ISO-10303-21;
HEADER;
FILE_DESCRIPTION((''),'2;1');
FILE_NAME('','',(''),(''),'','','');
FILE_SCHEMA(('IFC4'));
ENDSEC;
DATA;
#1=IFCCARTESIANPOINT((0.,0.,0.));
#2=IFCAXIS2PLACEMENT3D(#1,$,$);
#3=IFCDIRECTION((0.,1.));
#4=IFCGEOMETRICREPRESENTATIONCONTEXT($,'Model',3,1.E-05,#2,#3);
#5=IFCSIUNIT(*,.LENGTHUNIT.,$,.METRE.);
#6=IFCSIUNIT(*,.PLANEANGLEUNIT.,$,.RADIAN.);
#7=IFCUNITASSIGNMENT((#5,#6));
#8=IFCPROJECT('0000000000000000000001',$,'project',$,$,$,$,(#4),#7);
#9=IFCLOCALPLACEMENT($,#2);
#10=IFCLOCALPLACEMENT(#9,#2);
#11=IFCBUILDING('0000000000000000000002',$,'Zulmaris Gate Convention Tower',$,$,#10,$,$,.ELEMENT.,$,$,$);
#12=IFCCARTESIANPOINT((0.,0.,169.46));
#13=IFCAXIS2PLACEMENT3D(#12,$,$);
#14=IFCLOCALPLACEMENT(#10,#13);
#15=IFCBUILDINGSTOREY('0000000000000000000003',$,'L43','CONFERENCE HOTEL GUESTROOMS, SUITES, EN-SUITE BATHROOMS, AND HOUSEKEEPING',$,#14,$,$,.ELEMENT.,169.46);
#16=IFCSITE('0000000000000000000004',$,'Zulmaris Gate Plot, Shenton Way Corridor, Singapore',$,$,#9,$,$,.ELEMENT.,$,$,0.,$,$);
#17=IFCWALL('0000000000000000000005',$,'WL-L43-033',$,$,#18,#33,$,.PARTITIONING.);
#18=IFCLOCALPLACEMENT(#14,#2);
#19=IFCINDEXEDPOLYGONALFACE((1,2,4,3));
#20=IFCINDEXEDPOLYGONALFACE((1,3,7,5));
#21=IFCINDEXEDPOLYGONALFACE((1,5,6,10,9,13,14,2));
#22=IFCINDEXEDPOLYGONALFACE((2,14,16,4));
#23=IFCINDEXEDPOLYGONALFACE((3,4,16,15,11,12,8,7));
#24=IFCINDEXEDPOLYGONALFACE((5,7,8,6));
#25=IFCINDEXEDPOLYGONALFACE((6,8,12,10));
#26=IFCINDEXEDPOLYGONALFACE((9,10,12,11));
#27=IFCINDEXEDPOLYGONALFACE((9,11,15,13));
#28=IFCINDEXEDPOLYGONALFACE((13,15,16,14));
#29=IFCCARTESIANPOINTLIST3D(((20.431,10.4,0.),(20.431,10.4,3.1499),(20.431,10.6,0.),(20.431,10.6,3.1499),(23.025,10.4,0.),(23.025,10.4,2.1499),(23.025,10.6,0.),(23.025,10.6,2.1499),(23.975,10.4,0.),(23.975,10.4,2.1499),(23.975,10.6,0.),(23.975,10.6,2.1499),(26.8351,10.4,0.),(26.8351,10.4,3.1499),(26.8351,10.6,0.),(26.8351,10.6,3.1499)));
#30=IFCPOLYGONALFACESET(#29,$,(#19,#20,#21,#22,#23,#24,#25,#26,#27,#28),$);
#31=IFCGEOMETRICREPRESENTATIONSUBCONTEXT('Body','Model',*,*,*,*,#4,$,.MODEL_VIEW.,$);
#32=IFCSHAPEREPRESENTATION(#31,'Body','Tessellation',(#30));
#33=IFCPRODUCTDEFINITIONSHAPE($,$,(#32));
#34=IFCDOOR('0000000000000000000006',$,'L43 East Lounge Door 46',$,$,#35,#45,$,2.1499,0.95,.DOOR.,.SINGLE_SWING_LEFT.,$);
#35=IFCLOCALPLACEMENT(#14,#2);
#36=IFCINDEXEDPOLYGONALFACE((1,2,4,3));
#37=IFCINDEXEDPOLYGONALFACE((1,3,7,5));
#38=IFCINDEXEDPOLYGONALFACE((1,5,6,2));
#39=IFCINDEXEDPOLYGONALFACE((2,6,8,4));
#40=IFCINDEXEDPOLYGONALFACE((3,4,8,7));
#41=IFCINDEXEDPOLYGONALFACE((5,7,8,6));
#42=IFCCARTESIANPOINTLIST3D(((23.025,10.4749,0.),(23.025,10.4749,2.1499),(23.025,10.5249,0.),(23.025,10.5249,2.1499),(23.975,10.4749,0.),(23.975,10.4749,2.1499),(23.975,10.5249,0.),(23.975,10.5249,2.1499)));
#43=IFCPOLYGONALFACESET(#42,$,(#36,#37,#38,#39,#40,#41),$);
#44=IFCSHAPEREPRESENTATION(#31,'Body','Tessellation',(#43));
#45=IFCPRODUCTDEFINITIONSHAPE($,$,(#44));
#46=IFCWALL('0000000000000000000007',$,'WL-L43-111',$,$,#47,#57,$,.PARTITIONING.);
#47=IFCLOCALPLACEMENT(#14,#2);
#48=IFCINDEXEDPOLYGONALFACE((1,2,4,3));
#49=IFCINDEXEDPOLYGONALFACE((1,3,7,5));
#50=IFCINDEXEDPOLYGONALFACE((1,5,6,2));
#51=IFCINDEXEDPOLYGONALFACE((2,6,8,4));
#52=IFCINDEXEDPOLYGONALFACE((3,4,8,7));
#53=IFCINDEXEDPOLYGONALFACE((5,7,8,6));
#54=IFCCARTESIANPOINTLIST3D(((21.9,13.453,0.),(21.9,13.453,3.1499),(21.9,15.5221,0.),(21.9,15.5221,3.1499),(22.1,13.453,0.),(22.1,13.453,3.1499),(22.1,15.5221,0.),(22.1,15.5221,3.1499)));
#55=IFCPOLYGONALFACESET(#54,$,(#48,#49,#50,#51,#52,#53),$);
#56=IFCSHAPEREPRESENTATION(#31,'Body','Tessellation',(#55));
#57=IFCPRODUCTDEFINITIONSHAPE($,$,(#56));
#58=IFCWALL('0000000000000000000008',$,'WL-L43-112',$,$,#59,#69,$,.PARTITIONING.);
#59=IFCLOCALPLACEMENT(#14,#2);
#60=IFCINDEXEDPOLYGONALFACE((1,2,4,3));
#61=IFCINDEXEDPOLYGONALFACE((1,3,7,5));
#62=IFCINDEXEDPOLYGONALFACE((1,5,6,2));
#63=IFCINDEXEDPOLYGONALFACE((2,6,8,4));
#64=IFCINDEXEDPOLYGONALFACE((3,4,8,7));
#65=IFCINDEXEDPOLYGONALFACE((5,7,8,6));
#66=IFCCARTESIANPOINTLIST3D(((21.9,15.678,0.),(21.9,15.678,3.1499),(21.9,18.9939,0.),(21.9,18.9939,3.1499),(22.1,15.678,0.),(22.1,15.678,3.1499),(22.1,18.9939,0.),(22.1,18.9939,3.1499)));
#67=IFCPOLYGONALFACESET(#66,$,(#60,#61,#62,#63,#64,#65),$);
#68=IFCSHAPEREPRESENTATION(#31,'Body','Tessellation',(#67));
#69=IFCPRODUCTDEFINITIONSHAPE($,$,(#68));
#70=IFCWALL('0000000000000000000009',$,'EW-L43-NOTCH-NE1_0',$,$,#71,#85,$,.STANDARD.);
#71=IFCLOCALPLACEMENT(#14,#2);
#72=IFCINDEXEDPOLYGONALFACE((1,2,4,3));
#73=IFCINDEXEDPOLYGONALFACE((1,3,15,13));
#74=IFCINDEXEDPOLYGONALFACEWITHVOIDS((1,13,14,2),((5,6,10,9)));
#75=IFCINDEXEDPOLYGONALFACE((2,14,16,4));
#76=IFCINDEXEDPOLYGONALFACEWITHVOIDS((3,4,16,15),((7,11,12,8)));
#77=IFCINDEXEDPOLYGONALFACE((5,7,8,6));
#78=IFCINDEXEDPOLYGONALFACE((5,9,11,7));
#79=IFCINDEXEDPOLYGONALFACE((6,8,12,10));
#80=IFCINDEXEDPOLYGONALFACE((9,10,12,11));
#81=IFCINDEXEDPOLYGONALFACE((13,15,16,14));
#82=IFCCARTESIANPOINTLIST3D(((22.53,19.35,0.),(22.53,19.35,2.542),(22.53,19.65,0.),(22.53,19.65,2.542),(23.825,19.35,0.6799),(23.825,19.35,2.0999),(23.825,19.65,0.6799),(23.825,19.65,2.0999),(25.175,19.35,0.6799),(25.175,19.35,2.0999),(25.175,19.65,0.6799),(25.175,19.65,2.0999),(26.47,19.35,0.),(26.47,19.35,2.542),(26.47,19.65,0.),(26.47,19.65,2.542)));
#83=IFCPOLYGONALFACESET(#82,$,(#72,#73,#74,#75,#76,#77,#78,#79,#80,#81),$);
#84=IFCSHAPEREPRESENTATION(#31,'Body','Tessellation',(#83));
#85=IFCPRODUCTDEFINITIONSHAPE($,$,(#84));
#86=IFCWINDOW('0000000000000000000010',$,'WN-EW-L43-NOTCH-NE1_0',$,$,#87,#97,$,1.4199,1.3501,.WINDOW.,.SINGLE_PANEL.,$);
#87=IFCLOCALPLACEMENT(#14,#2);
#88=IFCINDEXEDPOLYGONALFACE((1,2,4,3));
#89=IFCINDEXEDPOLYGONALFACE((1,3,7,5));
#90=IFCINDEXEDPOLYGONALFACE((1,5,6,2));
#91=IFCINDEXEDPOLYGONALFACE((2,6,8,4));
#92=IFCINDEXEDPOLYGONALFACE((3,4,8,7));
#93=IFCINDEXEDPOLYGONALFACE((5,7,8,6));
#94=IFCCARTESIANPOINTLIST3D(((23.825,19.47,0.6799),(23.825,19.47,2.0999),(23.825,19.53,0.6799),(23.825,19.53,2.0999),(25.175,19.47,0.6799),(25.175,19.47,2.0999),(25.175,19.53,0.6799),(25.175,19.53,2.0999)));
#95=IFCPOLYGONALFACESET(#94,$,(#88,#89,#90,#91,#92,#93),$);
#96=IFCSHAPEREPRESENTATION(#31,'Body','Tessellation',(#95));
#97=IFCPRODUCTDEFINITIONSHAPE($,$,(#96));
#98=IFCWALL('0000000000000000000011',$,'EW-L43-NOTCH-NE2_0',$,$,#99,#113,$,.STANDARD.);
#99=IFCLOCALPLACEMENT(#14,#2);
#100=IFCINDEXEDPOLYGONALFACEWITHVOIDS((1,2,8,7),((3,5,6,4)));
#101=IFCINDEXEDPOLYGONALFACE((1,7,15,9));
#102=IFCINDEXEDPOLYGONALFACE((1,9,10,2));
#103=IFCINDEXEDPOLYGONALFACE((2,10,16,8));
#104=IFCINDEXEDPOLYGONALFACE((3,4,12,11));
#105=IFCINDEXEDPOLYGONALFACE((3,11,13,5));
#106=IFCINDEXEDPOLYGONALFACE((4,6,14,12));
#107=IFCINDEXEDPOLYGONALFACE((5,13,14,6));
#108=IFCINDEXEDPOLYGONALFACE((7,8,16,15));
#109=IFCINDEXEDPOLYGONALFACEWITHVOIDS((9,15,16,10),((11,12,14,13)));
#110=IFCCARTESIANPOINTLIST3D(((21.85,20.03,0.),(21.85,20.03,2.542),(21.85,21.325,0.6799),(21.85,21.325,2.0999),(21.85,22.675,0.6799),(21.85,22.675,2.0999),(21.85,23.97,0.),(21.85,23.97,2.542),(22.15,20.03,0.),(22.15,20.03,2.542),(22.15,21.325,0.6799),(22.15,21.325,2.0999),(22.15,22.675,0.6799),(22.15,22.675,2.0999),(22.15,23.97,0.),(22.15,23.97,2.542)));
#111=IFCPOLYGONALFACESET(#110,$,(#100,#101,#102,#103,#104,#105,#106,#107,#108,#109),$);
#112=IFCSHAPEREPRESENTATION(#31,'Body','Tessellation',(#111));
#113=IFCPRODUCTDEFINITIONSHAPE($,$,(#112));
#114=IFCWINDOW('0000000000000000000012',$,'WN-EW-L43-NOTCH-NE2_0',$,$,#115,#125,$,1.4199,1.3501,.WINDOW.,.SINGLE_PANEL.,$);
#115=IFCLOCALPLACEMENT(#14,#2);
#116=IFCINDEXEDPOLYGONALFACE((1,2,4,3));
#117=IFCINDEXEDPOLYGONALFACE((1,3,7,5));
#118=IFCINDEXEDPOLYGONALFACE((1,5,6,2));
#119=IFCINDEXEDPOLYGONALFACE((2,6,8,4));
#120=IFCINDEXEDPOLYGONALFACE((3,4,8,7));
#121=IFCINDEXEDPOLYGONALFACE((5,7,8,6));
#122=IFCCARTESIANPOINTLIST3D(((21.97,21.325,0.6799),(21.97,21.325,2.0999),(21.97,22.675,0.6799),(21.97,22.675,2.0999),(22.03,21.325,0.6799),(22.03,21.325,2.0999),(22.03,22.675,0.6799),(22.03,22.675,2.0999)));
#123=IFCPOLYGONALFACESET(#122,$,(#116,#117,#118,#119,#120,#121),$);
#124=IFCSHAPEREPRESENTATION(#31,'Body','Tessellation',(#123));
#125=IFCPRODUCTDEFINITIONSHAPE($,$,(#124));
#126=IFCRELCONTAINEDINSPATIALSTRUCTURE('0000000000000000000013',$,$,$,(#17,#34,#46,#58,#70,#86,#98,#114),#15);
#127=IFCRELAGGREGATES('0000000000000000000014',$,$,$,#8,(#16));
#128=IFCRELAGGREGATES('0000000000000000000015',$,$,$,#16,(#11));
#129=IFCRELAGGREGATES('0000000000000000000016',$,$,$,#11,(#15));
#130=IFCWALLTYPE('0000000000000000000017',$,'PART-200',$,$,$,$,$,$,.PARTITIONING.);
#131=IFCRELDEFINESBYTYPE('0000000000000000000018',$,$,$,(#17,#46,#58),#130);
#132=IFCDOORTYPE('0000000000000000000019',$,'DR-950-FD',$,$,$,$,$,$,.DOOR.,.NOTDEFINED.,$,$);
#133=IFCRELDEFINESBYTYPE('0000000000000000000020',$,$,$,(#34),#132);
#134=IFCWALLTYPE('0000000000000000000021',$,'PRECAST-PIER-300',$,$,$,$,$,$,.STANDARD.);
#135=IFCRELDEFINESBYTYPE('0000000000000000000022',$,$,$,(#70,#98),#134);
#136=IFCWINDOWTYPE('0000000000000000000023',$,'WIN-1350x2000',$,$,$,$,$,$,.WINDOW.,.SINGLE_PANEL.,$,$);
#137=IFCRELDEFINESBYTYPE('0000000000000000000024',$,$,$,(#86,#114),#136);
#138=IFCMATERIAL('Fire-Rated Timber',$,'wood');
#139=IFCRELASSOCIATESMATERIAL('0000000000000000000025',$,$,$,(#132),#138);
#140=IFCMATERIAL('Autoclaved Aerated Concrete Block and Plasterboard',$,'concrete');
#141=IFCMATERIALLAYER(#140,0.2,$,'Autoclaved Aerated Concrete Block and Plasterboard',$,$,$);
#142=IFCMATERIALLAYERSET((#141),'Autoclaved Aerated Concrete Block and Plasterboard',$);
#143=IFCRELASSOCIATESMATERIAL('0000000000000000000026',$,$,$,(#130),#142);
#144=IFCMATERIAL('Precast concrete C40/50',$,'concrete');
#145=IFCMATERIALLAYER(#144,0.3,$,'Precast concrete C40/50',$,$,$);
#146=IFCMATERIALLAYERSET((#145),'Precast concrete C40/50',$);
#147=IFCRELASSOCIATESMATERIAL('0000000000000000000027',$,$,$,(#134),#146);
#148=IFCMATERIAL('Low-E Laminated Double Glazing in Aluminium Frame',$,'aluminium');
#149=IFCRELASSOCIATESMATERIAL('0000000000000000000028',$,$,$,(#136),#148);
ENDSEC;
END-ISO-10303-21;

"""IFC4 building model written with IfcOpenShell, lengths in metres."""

from ifc_helpers import new_model, si_unit, direction, frame, frame_2d, origin, place, context, subcontext, project, spatial, rectangle, extrude, material, layer, layer_set, type_object, element, fill, save


model = new_model("IFC4")

# Units and contexts
model_context = context("Model", 3, precision=1e-05, world=origin(), true_north=direction((0.0, 1.0)))
body_context = subcontext(model_context, "Body", "Model", "MODEL_VIEW")
ifc_project = project(units=[si_unit("LENGTHUNIT", "METRE"), si_unit("PLANEANGLEUNIT", "RADIAN")], contexts=[model_context])

# Site, building, storey
site_placement = place(None, origin())
site = spatial("IfcSite", under=ifc_project, at=site_placement, Name="Zulmaris Gate Plot, Shenton Way Corridor, Singapore", CompositionType="ELEMENT", RefElevation=0.0)
building_placement = place(site_placement, origin())
building = spatial("IfcBuilding", under=site, at=building_placement, Name="Zulmaris Gate Convention Tower", CompositionType="ELEMENT")
storey_placement = place(building_placement, frame((0.0, 0.0, 169.46)))
storey = spatial("IfcBuildingStorey", under=building, at=storey_placement, Name="L43", Description="CONFERENCE HOTEL GUESTROOMS, SUITES, EN-SUITE BATHROOMS, AND HOUSEKEEPING", CompositionType="ELEMENT", Elevation=169.46)

# Wall, opening, door
ifc_material_1 = material(Name="Fire-Rated Timber", Category="wood")
door_type_1 = type_object("IfcDoorType", Name="DR-950-FD", OperationType="NOTDEFINED", PredefinedType="DOOR", material=ifc_material_1)
ifc_material_2 = material(Name="Autoclaved Aerated Concrete Block and Plasterboard", Category="concrete")
ifc_layer_1 = layer(ifc_material_2, 0.2, Name="Autoclaved Aerated Concrete Block and Plasterboard")
ifc_layer_set_1 = layer_set([ifc_layer_1], Name="Autoclaved Aerated Concrete Block and Plasterboard")
wall_type_1 = type_object("IfcWallType", Name="PART-200", PredefinedType="PARTITIONING", material=ifc_layer_set_1)
wall_1_placement = place(storey_placement, frame((20.4309, 10.5, 0.0), z_axis=(0.0, 0.0, 1.0), x_axis=(1.0, 0.0, 0.0)))
wall_1 = element("IfcWall", 1, at=wall_1_placement, inside=storey, type_object=wall_type_1, Name="WL-L43-033", PredefinedType="PARTITIONING", context=body_context, shape_type="SweptSolid", body=[
    extrude(rectangle(XDim=6.4041, YDim=0.2, at=frame_2d((3.2021, 0.0))), origin(), (0.0, 0.0, 1.0), 3.1499),
])
opening_1_placement = place(wall_1_placement, frame((2.594, 0.0, 0.0)))
opening_1 = element("IfcOpeningElement", 2, at=opening_1_placement, cuts=wall_1, PredefinedType="OPENING", context=body_context, shape_type="SweptSolid", body=[
    extrude(rectangle(XDim=0.95, YDim=2.1499, at=frame_2d((0.4751, 1.075))), frame((0.0, 0.1099, 0.0), z_axis=(0.0, -1.0, 0.0), x_axis=(1.0, 0.0, 0.0)), (0.0, 0.0, 1.0), 0.22),
])
door_1_placement = place(opening_1_placement, origin())
door_1 = element("IfcDoor", 3, at=door_1_placement, inside=storey, type_object=door_type_1, Name="L43 East Lounge Door 46", OperationType="SINGLE_SWING_LEFT", OverallHeight=2.1499, OverallWidth=0.95, PredefinedType="DOOR", context=body_context, shape_type="SweptSolid", body=[
    extrude(rectangle(XDim=0.95, YDim=2.1499, at=frame_2d((0.4751, 1.075))), frame((0.0, 0.0249, 0.0), z_axis=(0.0, -1.0, 0.0), x_axis=(1.0, 0.0, 0.0)), (0.0, 0.0, 1.0), 0.05),
])
fill(opening_1, door_1)

# Walls
wall_2_placement = place(storey_placement, frame((22.0, 13.4529, 0.0), z_axis=(0.0, 0.0, 1.0), x_axis=(0.0, 1.0, 0.0)))
element("IfcWall", 4, at=wall_2_placement, inside=storey, type_object=wall_type_1, Name="WL-L43-111", PredefinedType="PARTITIONING", context=body_context, shape_type="SweptSolid", body=[
    extrude(rectangle(XDim=2.0691, YDim=0.2, at=frame_2d((1.0347, 0.0))), origin(), (0.0, 0.0, 1.0), 3.1499),
])
wall_3_placement = place(storey_placement, frame((22.0, 15.678, 0.0), z_axis=(0.0, 0.0, 1.0), x_axis=(0.0, 1.0, 0.0)))
element("IfcWall", 5, at=wall_3_placement, inside=storey, type_object=wall_type_1, Name="WL-L43-112", PredefinedType="PARTITIONING", context=body_context, shape_type="SweptSolid", body=[
    extrude(rectangle(XDim=3.3159, YDim=0.2, at=frame_2d((1.658, 0.0))), origin(), (0.0, 0.0, 1.0), 3.1499),
])

# Walls, openings, windows
ifc_material_3 = material(Name="Precast concrete C40/50", Category="concrete")
ifc_layer_2 = layer(ifc_material_3, 0.3, Name="Precast concrete C40/50")
ifc_layer_set_2 = layer_set([ifc_layer_2], Name="Precast concrete C40/50")
wall_type_2 = type_object("IfcWallType", Name="PRECAST-PIER-300", PredefinedType="STANDARD", material=ifc_layer_set_2)
wall_4_placement = place(storey_placement, frame((26.47, 19.5, 0.0), z_axis=(0.0, 0.0, 1.0), x_axis=(-1.0, 0.0, 0.0)))
wall_4 = element("IfcWall", 6, at=wall_4_placement, inside=storey, type_object=wall_type_2, Name="EW-L43-NOTCH-NE1_0", PredefinedType="STANDARD", context=body_context, shape_type="SweptSolid", body=[
    extrude(rectangle(XDim=3.9399, YDim=0.3, at=frame_2d((1.97, 0.0))), origin(), (0.0, 0.0, 1.0), 2.542),
])
opening_2_placement = place(wall_4_placement, frame((1.2949, 0.0, 0.6799)))
opening_2 = element("IfcOpeningElement", 7, at=opening_2_placement, cuts=wall_4, PredefinedType="OPENING", context=body_context, shape_type="SweptSolid", body=[
    extrude(rectangle(XDim=1.3501, YDim=1.4199, at=frame_2d((0.675, 0.71))), frame((0.0, 0.1602, 0.0), z_axis=(0.0, -1.0, 0.0), x_axis=(1.0, 0.0, 0.0)), (0.0, 0.0, 1.0), 0.3201),
])
ifc_material_4 = material(Name="Low-E Laminated Double Glazing in Aluminium Frame", Category="aluminium")
window_type_1 = type_object("IfcWindowType", Name="WIN-1350x2000", PartitioningType="SINGLE_PANEL", PredefinedType="WINDOW", material=ifc_material_4)
window_1_placement = place(opening_2_placement, origin())
window_1 = element("IfcWindow", 8, at=window_1_placement, inside=storey, type_object=window_type_1, Name="WN-EW-L43-NOTCH-NE1_0", OverallHeight=1.4199, OverallWidth=1.3501, PartitioningType="SINGLE_PANEL", PredefinedType="WINDOW", context=body_context, shape_type="SweptSolid", body=[
    extrude(rectangle(XDim=1.3501, YDim=1.4199, at=frame_2d((0.675, 0.71))), frame((0.0, 0.03, 0.0), z_axis=(0.0, -1.0, 0.0), x_axis=(1.0, 0.0, 0.0)), (0.0, 0.0, 1.0), 0.0601),
])
fill(opening_2, window_1)
wall_5_placement = place(storey_placement, frame((22.0, 20.03, 0.0), z_axis=(0.0, 0.0, 1.0), x_axis=(0.0, 1.0, 0.0)))
wall_5 = element("IfcWall", 9, at=wall_5_placement, inside=storey, type_object=wall_type_2, Name="EW-L43-NOTCH-NE2_0", PredefinedType="STANDARD", context=body_context, shape_type="SweptSolid", body=[
    extrude(rectangle(XDim=3.9399, YDim=0.3, at=frame_2d((1.97, 0.0))), origin(), (0.0, 0.0, 1.0), 2.542),
])
opening_3_placement = place(wall_5_placement, frame((1.2949, 0.0, 0.6799)))
opening_3 = element("IfcOpeningElement", 10, at=opening_3_placement, cuts=wall_5, PredefinedType="OPENING", context=body_context, shape_type="SweptSolid", body=[
    extrude(rectangle(XDim=1.3501, YDim=1.4199, at=frame_2d((0.675, 0.71))), frame((0.0, 0.1602, 0.0), z_axis=(0.0, -1.0, 0.0), x_axis=(1.0, 0.0, 0.0)), (0.0, 0.0, 1.0), 0.3201),
])
window_2_placement = place(opening_3_placement, origin())
window_2 = element("IfcWindow", 11, at=window_2_placement, inside=storey, type_object=window_type_1, Name="WN-EW-L43-NOTCH-NE2_0", OverallHeight=1.4199, OverallWidth=1.3501, PartitioningType="SINGLE_PANEL", PredefinedType="WINDOW", context=body_context, shape_type="SweptSolid", body=[
    extrude(rectangle(XDim=1.3501, YDim=1.4199, at=frame_2d((0.675, 0.71))), frame((0.0, 0.03, 0.0), z_axis=(0.0, -1.0, 0.0), x_axis=(1.0, 0.0, 0.0)), (0.0, 0.0, 1.0), 0.0601),
])
fill(opening_3, window_2)

save(model, "model.ifc")
